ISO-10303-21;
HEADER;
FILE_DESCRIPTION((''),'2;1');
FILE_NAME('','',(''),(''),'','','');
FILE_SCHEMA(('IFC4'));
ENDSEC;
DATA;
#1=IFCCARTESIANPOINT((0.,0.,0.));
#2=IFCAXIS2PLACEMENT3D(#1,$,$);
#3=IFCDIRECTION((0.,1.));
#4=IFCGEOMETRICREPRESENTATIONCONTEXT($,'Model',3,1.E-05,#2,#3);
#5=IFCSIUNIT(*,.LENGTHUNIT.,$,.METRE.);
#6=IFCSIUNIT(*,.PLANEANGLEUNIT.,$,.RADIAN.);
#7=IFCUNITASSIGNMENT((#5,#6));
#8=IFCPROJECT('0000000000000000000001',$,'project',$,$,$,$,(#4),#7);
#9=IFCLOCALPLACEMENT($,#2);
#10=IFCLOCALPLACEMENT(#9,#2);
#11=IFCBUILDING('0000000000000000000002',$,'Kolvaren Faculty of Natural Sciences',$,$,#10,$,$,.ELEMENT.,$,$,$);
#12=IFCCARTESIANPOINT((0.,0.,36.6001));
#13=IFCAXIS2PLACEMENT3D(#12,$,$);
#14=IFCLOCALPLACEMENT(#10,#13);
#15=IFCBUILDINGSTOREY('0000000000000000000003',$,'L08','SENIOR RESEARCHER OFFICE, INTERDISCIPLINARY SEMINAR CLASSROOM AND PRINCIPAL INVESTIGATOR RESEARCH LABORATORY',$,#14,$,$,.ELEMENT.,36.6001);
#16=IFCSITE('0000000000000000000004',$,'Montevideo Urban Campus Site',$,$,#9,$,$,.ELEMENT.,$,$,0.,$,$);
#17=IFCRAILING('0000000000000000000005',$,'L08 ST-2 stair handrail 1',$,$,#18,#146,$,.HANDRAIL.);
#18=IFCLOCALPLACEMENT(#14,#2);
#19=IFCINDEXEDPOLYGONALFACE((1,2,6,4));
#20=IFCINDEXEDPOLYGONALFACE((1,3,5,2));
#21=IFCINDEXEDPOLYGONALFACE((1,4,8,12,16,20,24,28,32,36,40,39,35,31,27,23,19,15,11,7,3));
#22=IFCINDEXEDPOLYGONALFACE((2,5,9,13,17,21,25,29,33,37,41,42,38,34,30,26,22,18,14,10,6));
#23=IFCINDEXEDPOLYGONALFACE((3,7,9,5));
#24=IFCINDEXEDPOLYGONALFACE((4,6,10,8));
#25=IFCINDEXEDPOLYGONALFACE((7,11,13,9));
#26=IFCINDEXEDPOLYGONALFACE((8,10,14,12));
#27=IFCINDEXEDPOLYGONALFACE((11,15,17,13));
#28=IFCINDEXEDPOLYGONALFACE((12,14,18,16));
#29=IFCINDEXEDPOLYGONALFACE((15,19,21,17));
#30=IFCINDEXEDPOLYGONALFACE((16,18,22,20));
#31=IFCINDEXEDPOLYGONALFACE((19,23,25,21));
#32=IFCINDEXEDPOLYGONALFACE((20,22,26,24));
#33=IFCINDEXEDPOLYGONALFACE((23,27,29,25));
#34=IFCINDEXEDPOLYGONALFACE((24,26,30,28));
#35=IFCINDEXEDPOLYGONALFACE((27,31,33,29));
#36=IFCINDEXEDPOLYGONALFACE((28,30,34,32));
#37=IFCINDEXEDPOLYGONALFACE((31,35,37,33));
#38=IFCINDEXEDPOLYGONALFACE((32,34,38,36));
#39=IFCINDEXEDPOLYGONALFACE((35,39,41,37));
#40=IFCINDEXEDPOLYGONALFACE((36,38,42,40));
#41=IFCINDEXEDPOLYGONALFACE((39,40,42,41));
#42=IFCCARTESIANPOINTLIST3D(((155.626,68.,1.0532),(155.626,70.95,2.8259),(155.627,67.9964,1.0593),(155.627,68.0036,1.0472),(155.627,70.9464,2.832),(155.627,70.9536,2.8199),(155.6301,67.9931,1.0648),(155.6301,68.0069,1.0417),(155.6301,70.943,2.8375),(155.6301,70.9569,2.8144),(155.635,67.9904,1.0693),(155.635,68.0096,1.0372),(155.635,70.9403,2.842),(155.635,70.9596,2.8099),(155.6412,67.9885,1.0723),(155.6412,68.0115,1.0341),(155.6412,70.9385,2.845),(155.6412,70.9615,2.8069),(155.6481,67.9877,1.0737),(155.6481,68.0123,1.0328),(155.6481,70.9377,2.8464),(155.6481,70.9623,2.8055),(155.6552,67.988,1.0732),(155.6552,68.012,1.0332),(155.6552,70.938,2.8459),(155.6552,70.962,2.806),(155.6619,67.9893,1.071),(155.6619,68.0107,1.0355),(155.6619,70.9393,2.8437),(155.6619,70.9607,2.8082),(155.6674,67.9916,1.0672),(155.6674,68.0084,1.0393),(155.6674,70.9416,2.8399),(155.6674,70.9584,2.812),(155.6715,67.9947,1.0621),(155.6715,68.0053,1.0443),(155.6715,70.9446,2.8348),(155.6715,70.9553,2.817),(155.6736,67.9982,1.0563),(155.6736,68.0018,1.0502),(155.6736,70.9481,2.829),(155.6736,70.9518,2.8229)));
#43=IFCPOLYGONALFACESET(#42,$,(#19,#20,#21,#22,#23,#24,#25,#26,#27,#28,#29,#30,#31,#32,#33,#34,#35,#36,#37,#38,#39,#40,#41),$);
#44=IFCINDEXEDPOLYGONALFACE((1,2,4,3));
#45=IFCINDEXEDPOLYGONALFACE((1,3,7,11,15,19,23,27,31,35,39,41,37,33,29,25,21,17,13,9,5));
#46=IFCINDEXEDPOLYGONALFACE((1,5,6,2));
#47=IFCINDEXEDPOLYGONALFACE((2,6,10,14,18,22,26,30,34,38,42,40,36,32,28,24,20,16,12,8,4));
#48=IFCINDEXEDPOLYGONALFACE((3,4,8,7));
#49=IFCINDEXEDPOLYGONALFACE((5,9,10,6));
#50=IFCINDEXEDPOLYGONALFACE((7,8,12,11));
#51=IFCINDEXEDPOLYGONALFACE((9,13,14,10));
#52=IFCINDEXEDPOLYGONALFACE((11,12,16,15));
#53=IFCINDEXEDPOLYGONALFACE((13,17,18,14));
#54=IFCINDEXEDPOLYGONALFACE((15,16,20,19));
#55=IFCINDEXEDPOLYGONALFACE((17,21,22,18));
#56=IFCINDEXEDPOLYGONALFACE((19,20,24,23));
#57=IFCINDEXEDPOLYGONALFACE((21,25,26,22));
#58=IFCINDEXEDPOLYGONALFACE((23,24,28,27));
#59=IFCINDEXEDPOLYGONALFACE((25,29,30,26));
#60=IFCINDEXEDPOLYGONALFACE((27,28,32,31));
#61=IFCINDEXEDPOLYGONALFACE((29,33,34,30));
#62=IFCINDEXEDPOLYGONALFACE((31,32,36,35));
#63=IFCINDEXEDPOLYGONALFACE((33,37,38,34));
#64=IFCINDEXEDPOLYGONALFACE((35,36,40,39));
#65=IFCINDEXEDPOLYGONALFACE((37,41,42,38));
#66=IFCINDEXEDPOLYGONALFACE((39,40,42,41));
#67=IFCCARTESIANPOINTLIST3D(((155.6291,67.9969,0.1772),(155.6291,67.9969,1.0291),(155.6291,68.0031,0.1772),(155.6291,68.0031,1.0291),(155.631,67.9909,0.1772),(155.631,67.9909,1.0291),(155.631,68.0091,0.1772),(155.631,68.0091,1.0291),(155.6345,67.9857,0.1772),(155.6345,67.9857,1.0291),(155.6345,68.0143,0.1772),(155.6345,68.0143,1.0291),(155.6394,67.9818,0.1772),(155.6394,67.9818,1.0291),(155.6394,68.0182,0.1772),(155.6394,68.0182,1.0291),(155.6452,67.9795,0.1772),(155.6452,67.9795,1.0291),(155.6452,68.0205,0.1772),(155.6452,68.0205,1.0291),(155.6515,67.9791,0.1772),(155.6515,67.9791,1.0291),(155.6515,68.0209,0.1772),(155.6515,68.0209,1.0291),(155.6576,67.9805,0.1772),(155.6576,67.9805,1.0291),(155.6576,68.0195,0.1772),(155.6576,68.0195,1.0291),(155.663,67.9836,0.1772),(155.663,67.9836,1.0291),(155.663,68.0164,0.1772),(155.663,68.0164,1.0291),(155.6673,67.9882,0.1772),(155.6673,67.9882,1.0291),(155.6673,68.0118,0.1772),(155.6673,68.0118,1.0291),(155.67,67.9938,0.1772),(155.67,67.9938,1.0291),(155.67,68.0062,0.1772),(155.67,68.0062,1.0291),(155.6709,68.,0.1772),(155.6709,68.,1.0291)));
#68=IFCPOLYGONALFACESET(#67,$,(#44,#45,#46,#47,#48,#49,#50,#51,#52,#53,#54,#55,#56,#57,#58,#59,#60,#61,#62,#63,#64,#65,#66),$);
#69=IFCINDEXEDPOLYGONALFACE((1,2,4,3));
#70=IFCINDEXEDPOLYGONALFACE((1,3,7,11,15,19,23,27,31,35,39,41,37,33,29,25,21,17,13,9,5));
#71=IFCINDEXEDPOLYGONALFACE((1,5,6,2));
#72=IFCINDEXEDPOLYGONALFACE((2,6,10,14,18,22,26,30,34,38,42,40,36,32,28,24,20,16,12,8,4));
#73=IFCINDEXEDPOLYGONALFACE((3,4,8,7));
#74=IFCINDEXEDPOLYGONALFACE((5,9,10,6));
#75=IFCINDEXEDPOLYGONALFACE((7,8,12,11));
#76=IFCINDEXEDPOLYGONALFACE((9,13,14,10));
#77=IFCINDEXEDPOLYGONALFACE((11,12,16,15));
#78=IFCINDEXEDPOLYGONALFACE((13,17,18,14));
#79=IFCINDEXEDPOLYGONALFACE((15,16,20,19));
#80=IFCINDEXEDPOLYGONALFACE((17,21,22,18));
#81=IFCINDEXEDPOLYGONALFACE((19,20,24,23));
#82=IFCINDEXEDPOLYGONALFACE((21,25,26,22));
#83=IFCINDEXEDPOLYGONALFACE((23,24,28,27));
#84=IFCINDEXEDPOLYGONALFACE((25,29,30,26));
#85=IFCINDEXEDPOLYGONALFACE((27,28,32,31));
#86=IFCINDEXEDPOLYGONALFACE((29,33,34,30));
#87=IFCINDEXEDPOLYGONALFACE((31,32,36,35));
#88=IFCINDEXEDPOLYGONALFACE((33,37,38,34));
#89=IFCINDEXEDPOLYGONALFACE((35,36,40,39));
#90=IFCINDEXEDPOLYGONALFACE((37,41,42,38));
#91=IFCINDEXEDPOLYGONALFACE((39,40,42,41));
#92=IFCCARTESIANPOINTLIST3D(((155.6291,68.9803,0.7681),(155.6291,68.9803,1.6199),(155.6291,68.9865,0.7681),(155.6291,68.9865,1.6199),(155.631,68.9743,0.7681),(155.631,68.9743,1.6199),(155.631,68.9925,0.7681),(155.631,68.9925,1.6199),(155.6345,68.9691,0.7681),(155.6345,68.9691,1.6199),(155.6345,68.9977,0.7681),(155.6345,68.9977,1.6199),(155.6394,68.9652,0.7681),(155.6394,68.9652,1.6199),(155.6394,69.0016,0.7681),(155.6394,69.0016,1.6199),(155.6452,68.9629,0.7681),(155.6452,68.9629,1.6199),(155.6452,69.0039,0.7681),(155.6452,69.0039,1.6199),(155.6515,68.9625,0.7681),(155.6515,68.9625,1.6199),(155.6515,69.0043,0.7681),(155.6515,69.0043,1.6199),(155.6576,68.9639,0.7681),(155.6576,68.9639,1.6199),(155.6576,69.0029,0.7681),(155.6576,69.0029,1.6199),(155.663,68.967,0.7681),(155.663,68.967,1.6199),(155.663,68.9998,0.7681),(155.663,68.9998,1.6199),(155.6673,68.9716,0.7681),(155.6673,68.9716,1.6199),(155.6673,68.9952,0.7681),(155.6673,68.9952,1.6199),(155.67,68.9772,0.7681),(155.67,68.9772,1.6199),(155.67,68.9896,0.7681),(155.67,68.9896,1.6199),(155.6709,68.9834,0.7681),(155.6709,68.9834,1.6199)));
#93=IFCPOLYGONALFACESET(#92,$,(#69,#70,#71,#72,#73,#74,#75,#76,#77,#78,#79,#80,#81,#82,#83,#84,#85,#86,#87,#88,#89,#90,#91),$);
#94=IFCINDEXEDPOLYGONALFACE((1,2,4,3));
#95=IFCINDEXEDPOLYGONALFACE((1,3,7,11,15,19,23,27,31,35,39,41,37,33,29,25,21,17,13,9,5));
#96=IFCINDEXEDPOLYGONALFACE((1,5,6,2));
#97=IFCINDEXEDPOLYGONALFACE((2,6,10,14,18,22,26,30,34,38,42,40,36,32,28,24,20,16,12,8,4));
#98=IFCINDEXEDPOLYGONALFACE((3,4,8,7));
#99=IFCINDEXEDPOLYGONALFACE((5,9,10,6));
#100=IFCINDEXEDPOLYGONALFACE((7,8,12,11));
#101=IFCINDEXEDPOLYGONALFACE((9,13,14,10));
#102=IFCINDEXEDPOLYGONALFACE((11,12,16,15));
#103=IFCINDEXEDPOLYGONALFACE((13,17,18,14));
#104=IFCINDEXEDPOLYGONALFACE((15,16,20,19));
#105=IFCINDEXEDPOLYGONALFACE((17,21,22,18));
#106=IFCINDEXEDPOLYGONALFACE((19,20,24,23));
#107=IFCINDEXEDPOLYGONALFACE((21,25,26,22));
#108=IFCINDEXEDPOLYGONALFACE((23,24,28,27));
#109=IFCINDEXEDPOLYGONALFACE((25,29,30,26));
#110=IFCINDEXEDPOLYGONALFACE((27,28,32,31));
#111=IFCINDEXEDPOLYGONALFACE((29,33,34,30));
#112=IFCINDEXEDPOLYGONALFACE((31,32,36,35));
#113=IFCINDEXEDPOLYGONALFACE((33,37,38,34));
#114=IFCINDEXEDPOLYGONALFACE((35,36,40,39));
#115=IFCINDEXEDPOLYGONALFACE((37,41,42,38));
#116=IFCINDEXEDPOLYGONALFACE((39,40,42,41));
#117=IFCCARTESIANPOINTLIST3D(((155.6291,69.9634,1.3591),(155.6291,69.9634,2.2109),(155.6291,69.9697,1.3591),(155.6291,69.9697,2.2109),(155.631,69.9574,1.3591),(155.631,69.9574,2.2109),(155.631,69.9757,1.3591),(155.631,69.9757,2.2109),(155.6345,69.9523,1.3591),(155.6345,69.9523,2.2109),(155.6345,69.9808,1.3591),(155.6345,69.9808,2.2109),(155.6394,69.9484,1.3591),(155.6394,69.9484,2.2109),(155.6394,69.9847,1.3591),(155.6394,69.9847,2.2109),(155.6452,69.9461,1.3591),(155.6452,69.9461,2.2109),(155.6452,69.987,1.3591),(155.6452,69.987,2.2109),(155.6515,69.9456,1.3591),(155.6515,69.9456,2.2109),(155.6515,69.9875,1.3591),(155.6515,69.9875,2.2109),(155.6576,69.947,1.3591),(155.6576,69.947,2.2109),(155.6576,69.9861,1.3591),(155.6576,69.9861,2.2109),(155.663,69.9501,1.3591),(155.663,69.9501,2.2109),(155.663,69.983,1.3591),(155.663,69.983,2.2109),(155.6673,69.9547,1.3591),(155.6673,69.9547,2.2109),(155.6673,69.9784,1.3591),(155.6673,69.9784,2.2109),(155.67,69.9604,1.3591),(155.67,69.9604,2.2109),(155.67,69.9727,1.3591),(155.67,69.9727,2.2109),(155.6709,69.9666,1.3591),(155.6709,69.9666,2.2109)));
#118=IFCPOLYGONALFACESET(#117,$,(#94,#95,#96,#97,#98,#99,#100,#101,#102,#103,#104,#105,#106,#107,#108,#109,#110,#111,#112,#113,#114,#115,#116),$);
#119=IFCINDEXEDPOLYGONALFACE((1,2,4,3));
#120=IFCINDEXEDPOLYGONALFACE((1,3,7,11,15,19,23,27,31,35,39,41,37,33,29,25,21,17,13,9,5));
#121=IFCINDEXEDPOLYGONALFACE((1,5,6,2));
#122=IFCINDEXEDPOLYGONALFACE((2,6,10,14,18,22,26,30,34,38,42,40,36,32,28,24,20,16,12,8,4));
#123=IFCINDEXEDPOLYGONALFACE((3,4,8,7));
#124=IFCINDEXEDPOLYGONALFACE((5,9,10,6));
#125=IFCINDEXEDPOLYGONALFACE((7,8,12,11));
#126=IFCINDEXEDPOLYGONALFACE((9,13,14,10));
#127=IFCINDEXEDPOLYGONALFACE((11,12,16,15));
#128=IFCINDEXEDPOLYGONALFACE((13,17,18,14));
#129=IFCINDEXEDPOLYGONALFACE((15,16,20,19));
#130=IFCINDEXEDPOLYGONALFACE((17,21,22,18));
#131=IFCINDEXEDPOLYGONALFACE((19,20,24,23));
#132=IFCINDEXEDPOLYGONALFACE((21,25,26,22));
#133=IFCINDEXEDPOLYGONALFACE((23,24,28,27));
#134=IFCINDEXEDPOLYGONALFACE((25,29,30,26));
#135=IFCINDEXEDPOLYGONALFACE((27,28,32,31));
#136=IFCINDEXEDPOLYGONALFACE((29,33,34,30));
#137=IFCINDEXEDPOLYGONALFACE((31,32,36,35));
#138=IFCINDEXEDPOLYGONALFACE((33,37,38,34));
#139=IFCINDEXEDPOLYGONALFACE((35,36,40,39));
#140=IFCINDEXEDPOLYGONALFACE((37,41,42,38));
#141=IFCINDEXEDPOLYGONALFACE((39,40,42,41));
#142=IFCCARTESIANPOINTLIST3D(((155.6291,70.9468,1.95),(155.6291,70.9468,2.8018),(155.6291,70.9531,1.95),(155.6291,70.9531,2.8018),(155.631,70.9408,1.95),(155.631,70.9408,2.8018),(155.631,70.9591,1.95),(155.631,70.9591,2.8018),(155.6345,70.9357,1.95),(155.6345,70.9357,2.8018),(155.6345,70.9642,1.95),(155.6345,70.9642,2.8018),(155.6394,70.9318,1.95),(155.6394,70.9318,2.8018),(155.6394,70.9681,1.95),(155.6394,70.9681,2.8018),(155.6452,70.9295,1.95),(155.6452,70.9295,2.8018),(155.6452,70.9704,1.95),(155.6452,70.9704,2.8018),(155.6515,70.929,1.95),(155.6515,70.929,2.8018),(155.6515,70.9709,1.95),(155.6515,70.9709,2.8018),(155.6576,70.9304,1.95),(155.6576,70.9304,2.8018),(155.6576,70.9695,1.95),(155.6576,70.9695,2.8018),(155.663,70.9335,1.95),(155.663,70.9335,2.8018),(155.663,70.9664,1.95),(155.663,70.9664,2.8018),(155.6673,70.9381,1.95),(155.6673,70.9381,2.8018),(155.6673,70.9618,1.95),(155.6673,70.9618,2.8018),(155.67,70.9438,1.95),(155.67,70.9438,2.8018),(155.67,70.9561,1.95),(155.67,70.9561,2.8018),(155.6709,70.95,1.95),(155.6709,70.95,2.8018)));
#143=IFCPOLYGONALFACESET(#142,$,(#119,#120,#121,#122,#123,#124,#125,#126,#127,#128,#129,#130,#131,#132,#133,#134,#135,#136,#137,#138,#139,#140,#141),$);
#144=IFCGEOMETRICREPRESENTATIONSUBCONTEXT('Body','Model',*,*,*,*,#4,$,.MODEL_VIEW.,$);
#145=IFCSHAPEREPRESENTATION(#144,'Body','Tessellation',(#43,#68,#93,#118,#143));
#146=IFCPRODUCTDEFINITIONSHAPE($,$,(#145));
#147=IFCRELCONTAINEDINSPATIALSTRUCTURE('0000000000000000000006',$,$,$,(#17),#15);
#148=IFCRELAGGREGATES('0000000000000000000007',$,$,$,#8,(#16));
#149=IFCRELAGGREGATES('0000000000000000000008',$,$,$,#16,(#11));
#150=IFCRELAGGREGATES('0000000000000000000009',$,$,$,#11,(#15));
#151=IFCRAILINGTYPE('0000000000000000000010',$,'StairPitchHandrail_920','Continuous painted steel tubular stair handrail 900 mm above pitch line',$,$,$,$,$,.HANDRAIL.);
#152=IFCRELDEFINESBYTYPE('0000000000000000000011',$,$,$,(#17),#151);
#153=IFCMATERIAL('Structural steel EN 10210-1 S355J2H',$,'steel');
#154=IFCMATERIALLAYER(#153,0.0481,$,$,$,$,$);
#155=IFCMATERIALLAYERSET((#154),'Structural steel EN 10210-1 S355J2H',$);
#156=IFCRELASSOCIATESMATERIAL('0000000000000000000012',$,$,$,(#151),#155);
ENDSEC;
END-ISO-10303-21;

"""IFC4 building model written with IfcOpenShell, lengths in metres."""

from ifc_helpers import new_model, si_unit, direction, frame, origin, origin_2d, place, context, subcontext, project, spatial, circle, extrude, material, layer, layer_set, type_object, element, save


model = new_model("IFC4")

# Units and contexts
model_context = context("Model", 3, precision=1e-05, world=origin(), true_north=direction((0.0, 1.0)))
body_context = subcontext(model_context, "Body", "Model", "MODEL_VIEW")
ifc_project = project(units=[si_unit("LENGTHUNIT", "METRE"), si_unit("PLANEANGLEUNIT", "RADIAN")], contexts=[model_context])

# Site, building, storey
site_placement = place(None, origin())
site = spatial("IfcSite", under=ifc_project, at=site_placement, Name="Montevideo Urban Campus Site", CompositionType="ELEMENT", RefElevation=0.0)
building_placement = place(site_placement, origin())
building = spatial("IfcBuilding", under=site, at=building_placement, Name="Kolvaren Faculty of Natural Sciences", CompositionType="ELEMENT")
storey_placement = place(building_placement, frame((0.0, 0.0, 36.6001)))
storey = spatial("IfcBuildingStorey", under=building, at=storey_placement, Name="L08", Description="SENIOR RESEARCHER OFFICE, INTERDISCIPLINARY SEMINAR CLASSROOM AND PRINCIPAL INVESTIGATOR RESEARCH LABORATORY", CompositionType="ELEMENT", Elevation=36.6001)

# Railing
ifc_material_1 = material(Name="Structural steel EN 10210-1 S355J2H", Category="steel")
ifc_layer_1 = layer(ifc_material_1, 0.0481)
ifc_layer_set_1 = layer_set([ifc_layer_1], Name="Structural steel EN 10210-1 S355J2H")
railing_type_1 = type_object("IfcRailingType", Name="StairPitchHandrail_920", Description="Continuous painted steel tubular stair handrail 900 mm above pitch line", PredefinedType="HANDRAIL", material=ifc_layer_set_1)
railing_1_placement = place(storey_placement, frame((155.6499, 68.0, 0.1772)))
element("IfcRailing", 1, at=railing_1_placement, inside=storey, type_object=railing_type_1, Name="L08 ST-2 stair handrail 1", PredefinedType="HANDRAIL", context=body_context, shape_type="SweptSolid", body=[
    extrude(circle(Radius=0.0239, at=origin_2d()), frame((0.0, 0.0, 0.876), z_axis=(0.0, 0.857142, 0.51508), x_axis=(-1.0, 0.0, 0.0)), (0.0, 0.0, 1.0), 3.4417),
    extrude(circle(Radius=0.021, at=origin_2d()), origin(), (0.0, 0.0, 1.0), 0.8518),
    extrude(circle(Radius=0.021, at=origin_2d()), frame((0.0, 0.9834, 0.5908)), (0.0, 0.0, 1.0), 0.8518),
    extrude(circle(Radius=0.021, at=origin_2d()), frame((0.0, 1.9666, 1.1819)), (0.0, 0.0, 1.0), 0.8518),
    extrude(circle(Radius=0.021, at=origin_2d()), frame((0.0, 2.95, 1.7727)), (0.0, 0.0, 1.0), 0.8518),
])

save(model, "model.ifc")
